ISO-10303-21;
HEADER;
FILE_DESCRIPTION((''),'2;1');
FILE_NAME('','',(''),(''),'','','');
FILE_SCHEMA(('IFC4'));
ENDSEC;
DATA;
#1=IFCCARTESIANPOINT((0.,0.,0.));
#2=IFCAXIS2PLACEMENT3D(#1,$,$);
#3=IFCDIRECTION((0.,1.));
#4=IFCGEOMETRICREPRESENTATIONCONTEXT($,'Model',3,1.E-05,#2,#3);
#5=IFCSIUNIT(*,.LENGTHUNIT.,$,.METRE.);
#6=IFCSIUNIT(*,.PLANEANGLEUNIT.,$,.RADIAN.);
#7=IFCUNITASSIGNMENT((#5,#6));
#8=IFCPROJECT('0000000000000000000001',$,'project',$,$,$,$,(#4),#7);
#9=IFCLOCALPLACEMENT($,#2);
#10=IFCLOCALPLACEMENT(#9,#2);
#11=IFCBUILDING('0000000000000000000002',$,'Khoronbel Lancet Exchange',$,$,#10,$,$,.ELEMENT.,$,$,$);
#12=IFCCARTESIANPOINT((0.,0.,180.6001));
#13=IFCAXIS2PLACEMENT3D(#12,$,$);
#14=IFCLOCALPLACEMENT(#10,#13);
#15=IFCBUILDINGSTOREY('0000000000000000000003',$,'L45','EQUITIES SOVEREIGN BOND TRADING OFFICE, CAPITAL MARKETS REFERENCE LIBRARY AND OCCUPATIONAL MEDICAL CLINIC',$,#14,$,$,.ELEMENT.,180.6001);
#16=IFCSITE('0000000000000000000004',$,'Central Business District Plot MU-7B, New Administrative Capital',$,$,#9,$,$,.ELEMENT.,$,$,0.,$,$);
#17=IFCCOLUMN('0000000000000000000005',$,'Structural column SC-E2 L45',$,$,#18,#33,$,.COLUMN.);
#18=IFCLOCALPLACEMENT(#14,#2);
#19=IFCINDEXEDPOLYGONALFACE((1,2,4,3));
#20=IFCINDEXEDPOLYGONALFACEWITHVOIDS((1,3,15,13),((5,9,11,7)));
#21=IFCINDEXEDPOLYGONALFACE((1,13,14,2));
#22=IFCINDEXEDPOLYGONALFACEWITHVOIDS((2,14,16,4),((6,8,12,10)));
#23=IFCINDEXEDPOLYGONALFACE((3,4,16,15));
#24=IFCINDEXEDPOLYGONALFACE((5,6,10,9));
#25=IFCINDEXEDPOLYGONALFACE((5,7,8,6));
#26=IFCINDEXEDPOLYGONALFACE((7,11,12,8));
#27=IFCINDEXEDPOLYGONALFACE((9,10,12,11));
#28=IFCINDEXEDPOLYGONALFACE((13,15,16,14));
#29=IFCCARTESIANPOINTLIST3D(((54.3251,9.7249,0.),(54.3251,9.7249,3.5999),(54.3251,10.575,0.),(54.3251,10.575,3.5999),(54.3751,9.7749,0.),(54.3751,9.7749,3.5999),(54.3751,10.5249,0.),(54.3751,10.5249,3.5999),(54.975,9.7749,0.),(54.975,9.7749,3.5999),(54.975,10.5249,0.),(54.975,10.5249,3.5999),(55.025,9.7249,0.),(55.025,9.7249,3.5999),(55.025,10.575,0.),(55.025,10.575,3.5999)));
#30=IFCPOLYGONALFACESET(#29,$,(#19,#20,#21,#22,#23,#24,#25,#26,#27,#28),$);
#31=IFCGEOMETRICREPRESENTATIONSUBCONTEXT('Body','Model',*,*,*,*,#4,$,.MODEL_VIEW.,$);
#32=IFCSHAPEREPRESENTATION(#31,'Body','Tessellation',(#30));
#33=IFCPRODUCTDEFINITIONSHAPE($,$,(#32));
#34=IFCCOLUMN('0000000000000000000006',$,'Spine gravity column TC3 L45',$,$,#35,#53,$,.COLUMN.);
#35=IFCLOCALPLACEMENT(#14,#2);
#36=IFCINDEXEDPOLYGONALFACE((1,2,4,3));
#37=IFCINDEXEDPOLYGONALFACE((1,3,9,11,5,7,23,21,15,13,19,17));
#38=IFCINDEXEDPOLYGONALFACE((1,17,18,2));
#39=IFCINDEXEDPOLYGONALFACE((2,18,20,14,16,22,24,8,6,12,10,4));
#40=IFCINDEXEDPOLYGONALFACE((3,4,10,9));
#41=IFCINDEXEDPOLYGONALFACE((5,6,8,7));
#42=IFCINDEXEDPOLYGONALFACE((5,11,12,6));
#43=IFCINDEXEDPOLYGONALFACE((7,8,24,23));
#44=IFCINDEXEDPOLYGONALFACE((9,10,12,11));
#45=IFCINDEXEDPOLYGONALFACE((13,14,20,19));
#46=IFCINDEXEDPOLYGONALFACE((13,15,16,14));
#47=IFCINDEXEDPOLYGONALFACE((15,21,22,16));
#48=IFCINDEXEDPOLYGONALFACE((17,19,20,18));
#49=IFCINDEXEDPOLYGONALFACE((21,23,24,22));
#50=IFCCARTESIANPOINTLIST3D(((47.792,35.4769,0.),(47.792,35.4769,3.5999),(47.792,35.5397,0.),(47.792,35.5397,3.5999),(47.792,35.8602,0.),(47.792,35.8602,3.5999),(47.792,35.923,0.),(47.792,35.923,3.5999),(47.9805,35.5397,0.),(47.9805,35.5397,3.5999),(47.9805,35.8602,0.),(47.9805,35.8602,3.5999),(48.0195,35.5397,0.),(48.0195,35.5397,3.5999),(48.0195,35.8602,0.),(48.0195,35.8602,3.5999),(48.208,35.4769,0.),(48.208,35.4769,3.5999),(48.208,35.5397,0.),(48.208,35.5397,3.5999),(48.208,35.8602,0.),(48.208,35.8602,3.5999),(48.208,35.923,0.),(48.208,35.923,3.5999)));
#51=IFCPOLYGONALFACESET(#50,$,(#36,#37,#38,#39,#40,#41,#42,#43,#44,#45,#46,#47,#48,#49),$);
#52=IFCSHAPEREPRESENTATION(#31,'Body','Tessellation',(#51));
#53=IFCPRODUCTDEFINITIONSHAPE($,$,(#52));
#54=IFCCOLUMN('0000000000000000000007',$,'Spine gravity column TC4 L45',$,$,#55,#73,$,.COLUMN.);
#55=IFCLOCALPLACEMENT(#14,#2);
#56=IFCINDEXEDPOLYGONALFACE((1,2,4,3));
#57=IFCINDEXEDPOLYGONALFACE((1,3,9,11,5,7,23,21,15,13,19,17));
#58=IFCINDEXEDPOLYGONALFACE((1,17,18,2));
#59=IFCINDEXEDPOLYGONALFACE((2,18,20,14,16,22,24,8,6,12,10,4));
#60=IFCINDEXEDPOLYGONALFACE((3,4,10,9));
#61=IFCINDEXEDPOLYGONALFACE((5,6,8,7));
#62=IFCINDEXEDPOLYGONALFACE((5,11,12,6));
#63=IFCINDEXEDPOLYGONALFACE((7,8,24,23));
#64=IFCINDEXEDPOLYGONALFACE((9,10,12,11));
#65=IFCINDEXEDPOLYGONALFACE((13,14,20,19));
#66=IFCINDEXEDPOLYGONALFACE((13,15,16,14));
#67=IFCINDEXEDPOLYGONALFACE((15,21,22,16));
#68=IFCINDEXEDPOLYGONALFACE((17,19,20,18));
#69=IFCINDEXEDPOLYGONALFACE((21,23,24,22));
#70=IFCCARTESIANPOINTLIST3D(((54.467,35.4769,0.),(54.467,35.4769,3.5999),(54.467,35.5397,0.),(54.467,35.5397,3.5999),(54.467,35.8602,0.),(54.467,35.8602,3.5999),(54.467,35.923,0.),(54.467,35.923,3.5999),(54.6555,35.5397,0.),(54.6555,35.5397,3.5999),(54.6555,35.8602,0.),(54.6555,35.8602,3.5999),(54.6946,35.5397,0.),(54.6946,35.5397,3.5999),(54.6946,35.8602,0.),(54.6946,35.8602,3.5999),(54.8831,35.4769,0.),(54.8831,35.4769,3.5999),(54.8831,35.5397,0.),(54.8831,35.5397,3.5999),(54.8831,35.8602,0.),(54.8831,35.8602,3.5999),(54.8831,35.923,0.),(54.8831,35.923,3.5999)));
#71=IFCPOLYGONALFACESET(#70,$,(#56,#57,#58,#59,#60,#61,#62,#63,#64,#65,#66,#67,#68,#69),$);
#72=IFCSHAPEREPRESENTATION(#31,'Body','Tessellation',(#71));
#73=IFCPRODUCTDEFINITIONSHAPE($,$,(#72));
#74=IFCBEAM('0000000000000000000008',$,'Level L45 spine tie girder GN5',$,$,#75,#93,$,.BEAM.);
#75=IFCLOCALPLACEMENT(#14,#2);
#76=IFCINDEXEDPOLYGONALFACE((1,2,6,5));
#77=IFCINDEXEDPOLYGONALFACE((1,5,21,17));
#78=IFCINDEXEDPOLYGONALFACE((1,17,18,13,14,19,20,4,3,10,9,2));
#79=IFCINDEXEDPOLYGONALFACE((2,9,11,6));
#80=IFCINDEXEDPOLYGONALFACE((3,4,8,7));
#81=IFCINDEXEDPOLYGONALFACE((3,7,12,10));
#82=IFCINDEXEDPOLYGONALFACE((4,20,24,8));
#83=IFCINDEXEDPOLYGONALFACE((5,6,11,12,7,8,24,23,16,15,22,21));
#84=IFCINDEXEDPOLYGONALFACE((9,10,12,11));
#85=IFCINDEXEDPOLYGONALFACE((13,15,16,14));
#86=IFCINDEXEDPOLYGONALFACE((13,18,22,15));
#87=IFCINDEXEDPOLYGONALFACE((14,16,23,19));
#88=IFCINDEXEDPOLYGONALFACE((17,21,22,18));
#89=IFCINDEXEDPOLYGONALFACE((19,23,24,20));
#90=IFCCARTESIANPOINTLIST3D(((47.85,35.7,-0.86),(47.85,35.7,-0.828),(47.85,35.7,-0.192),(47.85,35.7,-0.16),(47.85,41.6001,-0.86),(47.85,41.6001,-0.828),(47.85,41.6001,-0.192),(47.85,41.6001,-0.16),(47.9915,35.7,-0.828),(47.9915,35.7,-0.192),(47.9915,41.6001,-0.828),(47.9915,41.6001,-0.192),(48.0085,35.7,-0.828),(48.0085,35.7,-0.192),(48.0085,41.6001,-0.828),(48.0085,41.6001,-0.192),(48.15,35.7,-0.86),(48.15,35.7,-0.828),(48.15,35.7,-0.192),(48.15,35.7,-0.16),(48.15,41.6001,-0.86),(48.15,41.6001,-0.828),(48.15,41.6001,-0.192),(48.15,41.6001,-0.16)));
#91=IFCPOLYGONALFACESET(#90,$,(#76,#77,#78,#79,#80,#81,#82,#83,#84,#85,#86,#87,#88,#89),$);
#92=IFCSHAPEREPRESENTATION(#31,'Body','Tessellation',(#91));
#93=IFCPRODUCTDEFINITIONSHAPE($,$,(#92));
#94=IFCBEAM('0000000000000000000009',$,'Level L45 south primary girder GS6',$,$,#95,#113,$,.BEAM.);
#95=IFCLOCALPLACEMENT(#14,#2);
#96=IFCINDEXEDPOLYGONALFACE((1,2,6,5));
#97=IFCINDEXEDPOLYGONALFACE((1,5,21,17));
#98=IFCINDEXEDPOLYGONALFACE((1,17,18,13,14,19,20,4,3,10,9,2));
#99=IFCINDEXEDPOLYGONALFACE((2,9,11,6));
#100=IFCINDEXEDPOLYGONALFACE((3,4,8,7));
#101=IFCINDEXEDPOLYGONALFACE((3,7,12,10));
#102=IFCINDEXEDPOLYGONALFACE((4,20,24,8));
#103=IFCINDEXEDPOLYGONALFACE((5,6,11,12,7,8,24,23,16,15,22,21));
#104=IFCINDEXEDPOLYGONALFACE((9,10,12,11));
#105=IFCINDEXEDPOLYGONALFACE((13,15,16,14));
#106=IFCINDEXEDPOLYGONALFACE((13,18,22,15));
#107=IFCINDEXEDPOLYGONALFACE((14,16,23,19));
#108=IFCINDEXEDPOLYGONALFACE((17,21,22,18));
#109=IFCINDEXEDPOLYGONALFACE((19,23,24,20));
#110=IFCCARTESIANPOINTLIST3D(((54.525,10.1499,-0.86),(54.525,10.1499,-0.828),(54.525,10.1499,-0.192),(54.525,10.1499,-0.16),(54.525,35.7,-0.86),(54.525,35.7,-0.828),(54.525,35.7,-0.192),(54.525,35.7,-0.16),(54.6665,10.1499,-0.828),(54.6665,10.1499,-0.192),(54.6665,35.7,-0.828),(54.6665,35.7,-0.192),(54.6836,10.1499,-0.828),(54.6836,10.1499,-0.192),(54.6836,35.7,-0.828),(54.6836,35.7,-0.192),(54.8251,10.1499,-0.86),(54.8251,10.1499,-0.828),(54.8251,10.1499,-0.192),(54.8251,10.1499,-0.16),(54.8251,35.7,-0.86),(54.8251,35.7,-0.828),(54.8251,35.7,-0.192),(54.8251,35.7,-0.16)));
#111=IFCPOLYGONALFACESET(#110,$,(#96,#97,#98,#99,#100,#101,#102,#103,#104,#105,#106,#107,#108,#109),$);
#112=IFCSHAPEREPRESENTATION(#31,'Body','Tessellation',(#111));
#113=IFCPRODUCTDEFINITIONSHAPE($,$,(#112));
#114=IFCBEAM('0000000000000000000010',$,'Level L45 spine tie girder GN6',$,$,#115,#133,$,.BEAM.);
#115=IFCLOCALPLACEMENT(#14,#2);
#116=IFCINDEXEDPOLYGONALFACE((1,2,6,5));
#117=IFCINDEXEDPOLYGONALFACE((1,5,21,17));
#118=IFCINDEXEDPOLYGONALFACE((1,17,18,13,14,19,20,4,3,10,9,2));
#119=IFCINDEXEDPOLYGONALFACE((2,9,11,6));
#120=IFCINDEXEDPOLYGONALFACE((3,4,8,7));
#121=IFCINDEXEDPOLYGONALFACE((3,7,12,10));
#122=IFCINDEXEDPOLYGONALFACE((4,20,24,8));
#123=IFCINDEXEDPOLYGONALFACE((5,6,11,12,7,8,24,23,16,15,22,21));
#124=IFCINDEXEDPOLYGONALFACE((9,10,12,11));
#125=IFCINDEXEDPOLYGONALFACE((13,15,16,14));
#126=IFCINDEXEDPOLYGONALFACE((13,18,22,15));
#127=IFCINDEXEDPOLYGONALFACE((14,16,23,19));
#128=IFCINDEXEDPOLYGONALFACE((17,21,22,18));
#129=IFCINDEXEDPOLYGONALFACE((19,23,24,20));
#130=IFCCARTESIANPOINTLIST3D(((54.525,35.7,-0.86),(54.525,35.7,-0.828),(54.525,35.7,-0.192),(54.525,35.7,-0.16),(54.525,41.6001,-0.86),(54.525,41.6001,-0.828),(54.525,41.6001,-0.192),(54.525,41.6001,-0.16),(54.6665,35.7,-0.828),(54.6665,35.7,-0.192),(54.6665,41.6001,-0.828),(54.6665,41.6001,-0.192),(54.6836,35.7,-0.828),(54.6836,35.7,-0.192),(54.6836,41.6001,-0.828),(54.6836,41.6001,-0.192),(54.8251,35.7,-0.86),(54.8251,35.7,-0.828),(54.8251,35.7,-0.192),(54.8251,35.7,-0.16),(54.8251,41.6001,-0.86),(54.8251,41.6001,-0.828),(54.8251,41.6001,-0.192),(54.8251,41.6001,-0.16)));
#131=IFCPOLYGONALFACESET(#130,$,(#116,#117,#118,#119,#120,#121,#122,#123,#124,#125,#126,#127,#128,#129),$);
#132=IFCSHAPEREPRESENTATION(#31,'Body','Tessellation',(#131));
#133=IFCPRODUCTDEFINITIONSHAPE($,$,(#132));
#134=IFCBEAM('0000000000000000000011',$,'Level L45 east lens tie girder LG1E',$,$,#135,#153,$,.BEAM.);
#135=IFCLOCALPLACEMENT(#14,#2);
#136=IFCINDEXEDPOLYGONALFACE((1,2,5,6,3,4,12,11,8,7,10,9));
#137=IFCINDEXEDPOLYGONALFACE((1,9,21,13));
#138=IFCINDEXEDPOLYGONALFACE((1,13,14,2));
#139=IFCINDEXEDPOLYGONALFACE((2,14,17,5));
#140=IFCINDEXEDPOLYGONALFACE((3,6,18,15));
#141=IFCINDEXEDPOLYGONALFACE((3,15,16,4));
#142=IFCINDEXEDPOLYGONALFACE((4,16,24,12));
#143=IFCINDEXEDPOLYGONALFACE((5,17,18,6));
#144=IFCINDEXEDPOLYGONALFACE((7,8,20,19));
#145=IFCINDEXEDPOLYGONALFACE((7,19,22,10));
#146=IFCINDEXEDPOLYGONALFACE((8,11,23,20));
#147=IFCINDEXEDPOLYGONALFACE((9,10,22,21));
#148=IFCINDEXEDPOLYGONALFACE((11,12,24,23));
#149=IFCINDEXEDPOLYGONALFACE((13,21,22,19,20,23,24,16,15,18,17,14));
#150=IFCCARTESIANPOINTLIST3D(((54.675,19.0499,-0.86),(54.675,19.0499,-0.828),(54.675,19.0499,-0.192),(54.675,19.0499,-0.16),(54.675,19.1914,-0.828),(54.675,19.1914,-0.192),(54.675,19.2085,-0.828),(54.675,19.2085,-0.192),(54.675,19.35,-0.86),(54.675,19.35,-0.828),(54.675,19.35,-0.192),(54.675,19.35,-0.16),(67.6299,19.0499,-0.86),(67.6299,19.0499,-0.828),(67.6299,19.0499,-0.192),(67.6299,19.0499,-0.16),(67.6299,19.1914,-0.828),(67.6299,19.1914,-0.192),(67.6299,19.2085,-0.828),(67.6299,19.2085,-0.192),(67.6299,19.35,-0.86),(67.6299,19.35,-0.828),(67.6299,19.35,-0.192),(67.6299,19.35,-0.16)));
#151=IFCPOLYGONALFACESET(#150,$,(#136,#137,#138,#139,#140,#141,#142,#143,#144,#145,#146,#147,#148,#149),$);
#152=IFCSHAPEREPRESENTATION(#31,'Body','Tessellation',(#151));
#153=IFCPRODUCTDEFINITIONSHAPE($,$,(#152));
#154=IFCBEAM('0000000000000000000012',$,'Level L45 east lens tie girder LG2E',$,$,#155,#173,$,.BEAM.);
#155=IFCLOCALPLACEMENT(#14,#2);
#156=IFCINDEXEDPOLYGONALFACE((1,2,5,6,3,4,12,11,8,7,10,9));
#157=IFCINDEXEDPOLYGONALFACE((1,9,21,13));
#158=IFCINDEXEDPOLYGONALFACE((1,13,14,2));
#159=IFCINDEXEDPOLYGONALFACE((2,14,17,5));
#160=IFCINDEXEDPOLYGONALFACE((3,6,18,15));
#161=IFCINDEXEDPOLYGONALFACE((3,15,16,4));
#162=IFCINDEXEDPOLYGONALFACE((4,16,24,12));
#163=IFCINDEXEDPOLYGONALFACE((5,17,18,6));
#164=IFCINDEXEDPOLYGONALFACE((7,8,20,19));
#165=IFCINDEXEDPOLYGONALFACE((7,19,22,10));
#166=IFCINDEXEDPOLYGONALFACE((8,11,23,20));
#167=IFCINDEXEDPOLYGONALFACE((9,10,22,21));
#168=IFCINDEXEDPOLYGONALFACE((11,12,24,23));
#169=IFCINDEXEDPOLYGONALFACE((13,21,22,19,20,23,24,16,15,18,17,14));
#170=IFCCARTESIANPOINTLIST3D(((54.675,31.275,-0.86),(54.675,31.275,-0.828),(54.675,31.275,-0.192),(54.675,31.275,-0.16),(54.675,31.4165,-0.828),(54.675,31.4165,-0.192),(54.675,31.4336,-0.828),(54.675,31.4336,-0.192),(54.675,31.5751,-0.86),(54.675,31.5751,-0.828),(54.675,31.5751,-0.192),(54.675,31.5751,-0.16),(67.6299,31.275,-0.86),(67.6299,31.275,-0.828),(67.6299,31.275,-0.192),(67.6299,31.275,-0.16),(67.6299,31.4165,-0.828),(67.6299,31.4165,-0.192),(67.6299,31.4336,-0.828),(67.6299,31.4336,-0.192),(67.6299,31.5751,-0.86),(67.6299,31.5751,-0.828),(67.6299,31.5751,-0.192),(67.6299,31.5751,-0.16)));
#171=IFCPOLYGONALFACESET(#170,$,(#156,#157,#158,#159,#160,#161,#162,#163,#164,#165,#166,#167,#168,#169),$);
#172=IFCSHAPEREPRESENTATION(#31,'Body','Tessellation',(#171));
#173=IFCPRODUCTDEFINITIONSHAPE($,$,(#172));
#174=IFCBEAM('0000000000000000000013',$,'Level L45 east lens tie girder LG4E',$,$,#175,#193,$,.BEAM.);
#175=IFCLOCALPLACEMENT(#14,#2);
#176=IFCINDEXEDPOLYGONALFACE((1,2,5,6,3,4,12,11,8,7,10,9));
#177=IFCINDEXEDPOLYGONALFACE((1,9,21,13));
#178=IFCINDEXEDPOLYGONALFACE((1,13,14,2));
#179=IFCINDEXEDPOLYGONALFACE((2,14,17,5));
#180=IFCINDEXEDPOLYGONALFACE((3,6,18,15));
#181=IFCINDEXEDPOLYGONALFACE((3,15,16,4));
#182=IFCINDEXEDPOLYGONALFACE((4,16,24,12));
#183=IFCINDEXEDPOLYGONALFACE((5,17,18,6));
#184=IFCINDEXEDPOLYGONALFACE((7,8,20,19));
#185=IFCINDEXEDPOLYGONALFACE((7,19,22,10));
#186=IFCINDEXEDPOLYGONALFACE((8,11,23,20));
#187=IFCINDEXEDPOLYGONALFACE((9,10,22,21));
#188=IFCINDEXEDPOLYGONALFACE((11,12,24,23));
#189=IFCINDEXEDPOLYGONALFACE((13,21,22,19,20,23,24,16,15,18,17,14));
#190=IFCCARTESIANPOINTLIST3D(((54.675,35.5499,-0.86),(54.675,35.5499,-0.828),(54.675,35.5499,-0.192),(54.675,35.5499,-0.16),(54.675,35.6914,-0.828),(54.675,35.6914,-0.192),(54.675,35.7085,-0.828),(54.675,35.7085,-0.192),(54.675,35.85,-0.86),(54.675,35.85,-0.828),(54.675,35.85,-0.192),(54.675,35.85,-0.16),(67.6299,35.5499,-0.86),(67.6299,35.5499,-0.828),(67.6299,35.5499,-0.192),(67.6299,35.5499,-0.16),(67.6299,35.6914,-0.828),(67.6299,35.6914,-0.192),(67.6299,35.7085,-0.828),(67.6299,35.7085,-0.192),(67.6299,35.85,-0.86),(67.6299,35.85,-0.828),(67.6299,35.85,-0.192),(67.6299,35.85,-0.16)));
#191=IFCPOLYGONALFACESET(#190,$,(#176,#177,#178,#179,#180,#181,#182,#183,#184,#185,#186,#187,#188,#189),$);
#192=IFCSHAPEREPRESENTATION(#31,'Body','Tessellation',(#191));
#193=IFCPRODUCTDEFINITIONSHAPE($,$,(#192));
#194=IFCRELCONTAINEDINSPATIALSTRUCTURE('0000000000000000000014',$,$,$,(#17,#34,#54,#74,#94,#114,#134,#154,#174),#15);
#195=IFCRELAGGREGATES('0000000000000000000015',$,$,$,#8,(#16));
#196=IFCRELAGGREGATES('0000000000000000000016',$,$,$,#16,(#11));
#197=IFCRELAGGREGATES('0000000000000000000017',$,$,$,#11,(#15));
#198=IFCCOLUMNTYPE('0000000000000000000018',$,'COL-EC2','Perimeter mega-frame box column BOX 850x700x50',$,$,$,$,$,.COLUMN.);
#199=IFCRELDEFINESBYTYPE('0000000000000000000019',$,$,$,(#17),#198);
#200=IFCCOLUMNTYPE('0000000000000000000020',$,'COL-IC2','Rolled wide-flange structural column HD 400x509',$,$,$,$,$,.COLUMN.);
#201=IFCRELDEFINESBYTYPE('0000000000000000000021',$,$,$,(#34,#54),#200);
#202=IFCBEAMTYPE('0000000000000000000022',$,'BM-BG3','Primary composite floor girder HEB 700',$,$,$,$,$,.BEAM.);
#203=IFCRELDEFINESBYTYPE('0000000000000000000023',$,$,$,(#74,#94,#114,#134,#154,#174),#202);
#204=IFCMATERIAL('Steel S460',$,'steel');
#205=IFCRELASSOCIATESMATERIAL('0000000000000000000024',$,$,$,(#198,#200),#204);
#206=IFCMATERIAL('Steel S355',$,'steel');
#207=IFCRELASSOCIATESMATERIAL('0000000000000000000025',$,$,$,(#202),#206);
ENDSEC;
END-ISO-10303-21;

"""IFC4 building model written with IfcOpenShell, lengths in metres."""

from ifc_helpers import new_model, si_unit, direction, frame, origin, origin_2d, place, context, subcontext, project, spatial, hollow_rectangle, i_section, extrude, material, material_profile, profile_set, type_object, element, save


model = new_model("IFC4")

# Units and contexts
model_context = context("Model", 3, precision=1e-05, world=origin(), true_north=direction((0.0, 1.0)))
body_context = subcontext(model_context, "Body", "Model", "MODEL_VIEW")
ifc_project = project(units=[si_unit("LENGTHUNIT", "METRE"), si_unit("PLANEANGLEUNIT", "RADIAN")], contexts=[model_context])

# Site, building, storey
site_placement = place(None, origin())
site = spatial("IfcSite", under=ifc_project, at=site_placement, Name="Central Business District Plot MU-7B, New Administrative Capital", CompositionType="ELEMENT", RefElevation=0.0)
building_placement = place(site_placement, origin())
building = spatial("IfcBuilding", under=site, at=building_placement, Name="Khoronbel Lancet Exchange", CompositionType="ELEMENT")
storey_placement = place(building_placement, frame((0.0, 0.0, 180.6001)))
storey = spatial("IfcBuildingStorey", under=building, at=storey_placement, Name="L45", Description="EQUITIES SOVEREIGN BOND TRADING OFFICE, CAPITAL MARKETS REFERENCE LIBRARY AND OCCUPATIONAL MEDICAL CLINIC", CompositionType="ELEMENT", Elevation=180.6001)

# Columns
ifc_material_1 = material(Name="Steel S460", Category="steel")
ifc_material_profile_1 = material_profile(ifc_material_1, hollow_rectangle(XDim=0.7, YDim=0.8501, WallThickness=0.05, at=origin_2d()), Name="BOX 850x700x50")
ifc_profile_set_1 = profile_set([ifc_material_profile_1], Name="Steel S460")
column_type_1 = type_object("IfcColumnType", Name="COL-EC2", Description="Perimeter mega-frame box column BOX 850x700x50", PredefinedType="COLUMN", material=ifc_profile_set_1)
column_placement = place(storey_placement, frame((54.675, 10.1499, 0.0), z_axis=(0.0, 0.0, 1.0), x_axis=(1.0, 0.0, 0.0)))
element("IfcColumn", 1, at=column_placement, inside=storey, type_object=column_type_1, Name="Structural column SC-E2 L45", PredefinedType="COLUMN", context=body_context, shape_type="SweptSolid", body=[
    extrude(hollow_rectangle(XDim=0.7, YDim=0.8501, WallThickness=0.05, at=origin_2d()), origin(), (0.0, 0.0, 1.0), 3.5999),
])
ifc_material_profile_2 = material_profile(ifc_material_1, i_section(OverallWidth=0.416, OverallDepth=0.446, WebThickness=0.0391, FlangeThickness=0.0627, at=origin_2d()), Name="HD 400x509")
ifc_profile_set_2 = profile_set([ifc_material_profile_2], Name="Steel S460")
column_type_2 = type_object("IfcColumnType", Name="COL-IC2", Description="Rolled wide-flange structural column HD 400x509", PredefinedType="COLUMN", material=ifc_profile_set_2)
for number, where, z_axis, x_axis, name in (
    (2, (48.0, 35.7, 0.0), (0.0, 0.0, 1.0), (1.0, 0.0, 0.0), "Spine gravity column TC3 L45"),
    (3, (54.675, 35.7, 0.0), (0.0, 0.0, 1.0), (1.0, 0.0, 0.0), "Spine gravity column TC4 L45"),
):
    element("IfcColumn", number, at=place(storey_placement, frame(where, z_axis=z_axis, x_axis=x_axis)), inside=storey, type_object=column_type_2, Name=name, PredefinedType="COLUMN", context=body_context, shape_type="SweptSolid", body=[
        extrude(i_section(OverallWidth=0.416, OverallDepth=0.446, WebThickness=0.0391, FlangeThickness=0.0627, at=origin_2d()), origin(), (0.0, 0.0, 1.0), 3.5999),
    ])

# Beams
ifc_material_2 = material(Name="Steel S355", Category="steel")
ifc_material_profile_3 = material_profile(ifc_material_2, i_section(OverallWidth=0.3, OverallDepth=0.7, WebThickness=0.0171, FlangeThickness=0.032, at=origin_2d()), Name="HEB 700")
ifc_profile_set_3 = profile_set([ifc_material_profile_3], Name="Steel S355")
beam_type_1 = type_object("IfcBeamType", Name="BM-BG3", Description="Primary composite floor girder HEB 700", PredefinedType="BEAM", material=ifc_profile_set_3)
beam_1_placement = place(storey_placement, frame((48.0, 35.7, -0.51), z_axis=(0.0, 1.0, 0.0), x_axis=(-1.0, 0.0, 0.0)))
element("IfcBeam", 4, at=beam_1_placement, inside=storey, type_object=beam_type_1, Name="Level L45 spine tie girder GN5", PredefinedType="BEAM", context=body_context, shape_type="SweptSolid", body=[
    extrude(i_section(OverallWidth=0.3, OverallDepth=0.7, WebThickness=0.0171, FlangeThickness=0.032, at=origin_2d()), origin(), (0.0, 0.0, 1.0), 5.9001),
])
beam_2_placement = place(storey_placement, frame((54.675, 10.1499, -0.51), z_axis=(0.0, 1.0, 0.0), x_axis=(-1.0, 0.0, 0.0)))
element("IfcBeam", 5, at=beam_2_placement, inside=storey, type_object=beam_type_1, Name="Level L45 south primary girder GS6", PredefinedType="BEAM", context=body_context, shape_type="SweptSolid", body=[
    extrude(i_section(OverallWidth=0.3, OverallDepth=0.7, WebThickness=0.0171, FlangeThickness=0.032, at=origin_2d()), origin(), (0.0, 0.0, 1.0), 25.55),
])
beam_3_placement = place(storey_placement, frame((54.675, 35.7, -0.51), z_axis=(0.0, 1.0, 0.0), x_axis=(-1.0, 0.0, 0.0)))
element("IfcBeam", 6, at=beam_3_placement, inside=storey, type_object=beam_type_1, Name="Level L45 spine tie girder GN6", PredefinedType="BEAM", context=body_context, shape_type="SweptSolid", body=[
    extrude(i_section(OverallWidth=0.3, OverallDepth=0.7, WebThickness=0.0171, FlangeThickness=0.032, at=origin_2d()), origin(), (0.0, 0.0, 1.0), 5.9001),
])
for number, where, z_axis, x_axis, name in (
    (7, (54.675, 19.2, -0.51), (1.0, 0.0, 0.0), (0.0, 1.0, 0.0), "Level L45 east lens tie girder LG1E"),
    (8, (54.675, 31.425, -0.51), (1.0, 0.0, 0.0), (0.0, 1.0, 0.0), "Level L45 east lens tie girder LG2E"),
    (9, (54.675, 35.7, -0.51), (1.0, 0.0, 0.0), (0.0, 1.0, 0.0), "Level L45 east lens tie girder LG4E"),
):
    element("IfcBeam", number, at=place(storey_placement, frame(where, z_axis=z_axis, x_axis=x_axis)), inside=storey, type_object=beam_type_1, Name=name, PredefinedType="BEAM", context=body_context, shape_type="SweptSolid", body=[
        extrude(i_section(OverallWidth=0.3, OverallDepth=0.7, WebThickness=0.0171, FlangeThickness=0.032, at=origin_2d()), origin(), (0.0, 0.0, 1.0), 12.9548),
    ])

save(model, "model.ifc")
